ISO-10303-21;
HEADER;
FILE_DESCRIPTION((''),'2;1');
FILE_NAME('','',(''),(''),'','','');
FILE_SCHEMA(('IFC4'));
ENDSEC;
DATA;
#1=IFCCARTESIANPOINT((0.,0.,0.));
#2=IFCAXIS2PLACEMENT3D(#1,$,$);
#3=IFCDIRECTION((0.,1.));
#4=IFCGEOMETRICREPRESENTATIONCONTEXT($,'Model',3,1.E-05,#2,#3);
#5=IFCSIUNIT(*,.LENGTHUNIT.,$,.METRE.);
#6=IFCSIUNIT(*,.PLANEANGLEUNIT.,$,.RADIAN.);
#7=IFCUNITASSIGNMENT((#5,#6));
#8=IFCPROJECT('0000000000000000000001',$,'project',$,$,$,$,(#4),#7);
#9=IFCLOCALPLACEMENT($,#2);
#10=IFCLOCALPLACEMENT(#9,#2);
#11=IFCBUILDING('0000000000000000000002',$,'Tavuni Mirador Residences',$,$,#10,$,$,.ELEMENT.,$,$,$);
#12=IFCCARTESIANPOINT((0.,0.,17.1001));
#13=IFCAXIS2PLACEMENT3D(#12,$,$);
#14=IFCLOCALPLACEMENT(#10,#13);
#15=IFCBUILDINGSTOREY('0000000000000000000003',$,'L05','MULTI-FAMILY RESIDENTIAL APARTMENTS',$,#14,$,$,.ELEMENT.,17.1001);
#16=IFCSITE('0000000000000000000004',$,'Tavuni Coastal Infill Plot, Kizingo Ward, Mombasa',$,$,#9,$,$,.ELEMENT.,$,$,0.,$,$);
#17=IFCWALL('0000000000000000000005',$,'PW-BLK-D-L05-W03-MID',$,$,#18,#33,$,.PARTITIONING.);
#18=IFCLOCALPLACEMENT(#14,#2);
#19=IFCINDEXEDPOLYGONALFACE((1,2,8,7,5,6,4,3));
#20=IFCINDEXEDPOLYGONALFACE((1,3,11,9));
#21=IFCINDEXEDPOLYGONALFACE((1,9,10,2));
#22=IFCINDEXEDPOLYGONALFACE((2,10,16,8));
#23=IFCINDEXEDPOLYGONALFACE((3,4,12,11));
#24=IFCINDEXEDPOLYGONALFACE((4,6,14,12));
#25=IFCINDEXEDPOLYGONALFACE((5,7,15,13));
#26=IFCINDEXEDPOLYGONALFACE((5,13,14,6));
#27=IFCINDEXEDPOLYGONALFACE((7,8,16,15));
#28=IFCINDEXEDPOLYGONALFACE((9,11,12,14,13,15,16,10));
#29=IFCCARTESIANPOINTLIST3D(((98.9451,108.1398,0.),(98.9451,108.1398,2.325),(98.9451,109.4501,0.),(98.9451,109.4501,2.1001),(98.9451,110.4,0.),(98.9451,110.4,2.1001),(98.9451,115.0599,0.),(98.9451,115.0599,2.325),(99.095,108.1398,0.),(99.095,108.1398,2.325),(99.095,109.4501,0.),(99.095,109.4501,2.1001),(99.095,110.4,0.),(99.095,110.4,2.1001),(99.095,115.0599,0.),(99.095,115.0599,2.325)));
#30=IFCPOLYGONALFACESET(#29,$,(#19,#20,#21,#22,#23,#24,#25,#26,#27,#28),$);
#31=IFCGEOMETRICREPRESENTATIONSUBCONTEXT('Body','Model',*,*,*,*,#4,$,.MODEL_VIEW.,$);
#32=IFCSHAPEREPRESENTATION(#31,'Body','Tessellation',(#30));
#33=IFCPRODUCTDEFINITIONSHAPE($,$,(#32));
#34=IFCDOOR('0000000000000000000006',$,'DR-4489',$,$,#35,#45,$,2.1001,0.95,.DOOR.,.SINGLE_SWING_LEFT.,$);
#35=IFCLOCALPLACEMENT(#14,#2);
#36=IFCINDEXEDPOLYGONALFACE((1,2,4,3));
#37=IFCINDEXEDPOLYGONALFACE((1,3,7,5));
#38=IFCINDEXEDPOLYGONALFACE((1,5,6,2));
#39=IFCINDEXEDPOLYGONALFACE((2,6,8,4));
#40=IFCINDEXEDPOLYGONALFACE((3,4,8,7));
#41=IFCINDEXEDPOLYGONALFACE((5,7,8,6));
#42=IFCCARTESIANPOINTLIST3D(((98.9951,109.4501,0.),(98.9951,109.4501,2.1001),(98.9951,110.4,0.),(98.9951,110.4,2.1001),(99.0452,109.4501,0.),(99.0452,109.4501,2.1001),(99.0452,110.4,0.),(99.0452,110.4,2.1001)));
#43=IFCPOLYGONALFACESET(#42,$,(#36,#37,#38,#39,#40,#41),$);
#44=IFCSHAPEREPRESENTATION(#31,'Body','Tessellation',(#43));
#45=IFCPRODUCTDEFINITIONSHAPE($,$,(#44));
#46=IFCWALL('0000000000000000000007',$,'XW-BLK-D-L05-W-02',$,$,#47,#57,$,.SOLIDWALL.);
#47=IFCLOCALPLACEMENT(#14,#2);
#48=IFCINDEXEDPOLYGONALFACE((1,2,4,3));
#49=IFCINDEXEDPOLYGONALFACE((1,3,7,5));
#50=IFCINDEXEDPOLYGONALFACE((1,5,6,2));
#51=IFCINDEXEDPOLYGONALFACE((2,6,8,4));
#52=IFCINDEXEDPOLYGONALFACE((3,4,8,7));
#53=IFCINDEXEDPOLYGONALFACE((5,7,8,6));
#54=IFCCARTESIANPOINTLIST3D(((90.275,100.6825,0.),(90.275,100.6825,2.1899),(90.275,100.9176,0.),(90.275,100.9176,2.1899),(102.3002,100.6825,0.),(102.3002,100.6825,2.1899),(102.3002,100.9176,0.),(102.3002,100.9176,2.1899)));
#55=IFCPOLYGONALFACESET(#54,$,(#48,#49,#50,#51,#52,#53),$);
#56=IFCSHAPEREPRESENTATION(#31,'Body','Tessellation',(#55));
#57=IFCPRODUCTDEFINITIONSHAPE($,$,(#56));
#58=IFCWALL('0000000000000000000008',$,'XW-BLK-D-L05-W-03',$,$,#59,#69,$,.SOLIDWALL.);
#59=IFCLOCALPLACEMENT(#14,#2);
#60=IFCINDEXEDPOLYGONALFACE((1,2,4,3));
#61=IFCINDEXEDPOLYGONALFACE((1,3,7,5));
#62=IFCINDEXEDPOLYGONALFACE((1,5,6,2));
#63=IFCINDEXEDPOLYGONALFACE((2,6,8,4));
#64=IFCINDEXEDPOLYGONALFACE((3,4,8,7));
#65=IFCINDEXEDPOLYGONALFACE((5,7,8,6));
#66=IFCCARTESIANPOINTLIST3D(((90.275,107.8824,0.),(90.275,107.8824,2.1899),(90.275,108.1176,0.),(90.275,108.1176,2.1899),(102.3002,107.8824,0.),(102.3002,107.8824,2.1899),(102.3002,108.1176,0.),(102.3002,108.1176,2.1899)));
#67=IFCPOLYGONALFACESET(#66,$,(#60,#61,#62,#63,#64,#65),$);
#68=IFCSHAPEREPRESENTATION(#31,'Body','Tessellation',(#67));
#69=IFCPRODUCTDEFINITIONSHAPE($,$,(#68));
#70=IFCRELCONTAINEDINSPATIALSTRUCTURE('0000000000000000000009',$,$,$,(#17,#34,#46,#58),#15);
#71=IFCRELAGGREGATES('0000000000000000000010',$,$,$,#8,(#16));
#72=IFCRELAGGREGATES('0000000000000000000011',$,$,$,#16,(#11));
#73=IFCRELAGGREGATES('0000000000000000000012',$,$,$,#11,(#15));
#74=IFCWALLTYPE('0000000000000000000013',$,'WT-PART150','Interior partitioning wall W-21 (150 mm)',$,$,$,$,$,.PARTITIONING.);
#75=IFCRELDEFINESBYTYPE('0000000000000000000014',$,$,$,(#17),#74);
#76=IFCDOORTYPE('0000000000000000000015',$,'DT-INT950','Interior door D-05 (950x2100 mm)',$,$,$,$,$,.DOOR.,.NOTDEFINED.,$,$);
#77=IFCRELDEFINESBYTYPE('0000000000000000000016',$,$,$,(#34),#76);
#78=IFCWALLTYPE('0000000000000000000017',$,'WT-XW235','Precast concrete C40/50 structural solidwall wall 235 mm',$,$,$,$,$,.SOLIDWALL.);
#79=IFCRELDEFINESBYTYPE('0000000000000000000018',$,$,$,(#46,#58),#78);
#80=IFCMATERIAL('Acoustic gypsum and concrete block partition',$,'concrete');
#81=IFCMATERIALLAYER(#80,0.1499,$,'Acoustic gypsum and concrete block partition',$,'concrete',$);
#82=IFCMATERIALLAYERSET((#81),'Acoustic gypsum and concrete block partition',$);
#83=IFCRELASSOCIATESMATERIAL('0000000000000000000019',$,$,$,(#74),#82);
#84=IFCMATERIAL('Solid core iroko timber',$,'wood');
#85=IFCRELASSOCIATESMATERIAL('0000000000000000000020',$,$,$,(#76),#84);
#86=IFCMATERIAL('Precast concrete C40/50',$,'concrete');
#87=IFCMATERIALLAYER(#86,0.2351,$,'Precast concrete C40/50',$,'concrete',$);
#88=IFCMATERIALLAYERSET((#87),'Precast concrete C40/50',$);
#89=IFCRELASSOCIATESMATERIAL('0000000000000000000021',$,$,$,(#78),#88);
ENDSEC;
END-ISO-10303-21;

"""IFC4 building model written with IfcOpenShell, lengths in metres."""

from ifc_helpers import new_model, si_unit, direction, frame, frame_2d, origin, place, context, subcontext, project, spatial, rectangle, extrude, material, layer, layer_set, type_object, element, fill, save


model = new_model("IFC4")

# Units and contexts
model_context = context("Model", 3, precision=1e-05, world=origin(), true_north=direction((0.0, 1.0)))
body_context = subcontext(model_context, "Body", "Model", "MODEL_VIEW")
ifc_project = project(units=[si_unit("LENGTHUNIT", "METRE"), si_unit("PLANEANGLEUNIT", "RADIAN")], contexts=[model_context])

# Site, building, storey
site_placement = place(None, origin())
site = spatial("IfcSite", under=ifc_project, at=site_placement, Name="Tavuni Coastal Infill Plot, Kizingo Ward, Mombasa", CompositionType="ELEMENT", RefElevation=0.0)
building_placement = place(site_placement, origin())
building = spatial("IfcBuilding", under=site, at=building_placement, Name="Tavuni Mirador Residences", CompositionType="ELEMENT")
storey_placement = place(building_placement, frame((0.0, 0.0, 17.1001)))
storey = spatial("IfcBuildingStorey", under=building, at=storey_placement, Name="L05", Description="MULTI-FAMILY RESIDENTIAL APARTMENTS", CompositionType="ELEMENT", Elevation=17.1001)

# Shared definitions
ifc_material_1 = material(Name="Precast concrete C40/50", Category="concrete")

# Wall, opening, door
ifc_material_2 = material(Name="Solid core iroko timber", Category="wood")
ifc_material_3 = material(Name="Acoustic gypsum and concrete block partition", Category="concrete")
ifc_layer_1 = layer(ifc_material_3, 0.1499, Name="Acoustic gypsum and concrete block partition", Category="concrete")
ifc_layer_set_1 = layer_set([ifc_layer_1], Name="Acoustic gypsum and concrete block partition")
wall_type_1 = type_object("IfcWallType", Name="WT-PART150", Description="Interior partitioning wall W-21 (150 mm)", PredefinedType="PARTITIONING", material=ifc_layer_set_1)
wall_1_placement = place(storey_placement, frame((99.02, 108.1399, 0.0), z_axis=(0.0, 0.0, 1.0), x_axis=(0.0, 1.0, 0.0)))
wall_1 = element("IfcWall", 1, at=wall_1_placement, inside=storey, type_object=wall_type_1, Name="PW-BLK-D-L05-W03-MID", PredefinedType="PARTITIONING", context=body_context, shape_type="SweptSolid", body=[
    extrude(rectangle(XDim=6.9202, YDim=0.1499, at=frame_2d((3.46, 0.0))), origin(), (0.0, 0.0, 1.0), 2.325),
])
opening_1_placement = place(wall_1_placement, frame((1.3101, 0.0, 0.0)))
opening_1 = element("IfcOpeningElement", 2, at=opening_1_placement, cuts=wall_1, PredefinedType="OPENING", context=body_context, shape_type="SweptSolid", body=[
    extrude(rectangle(XDim=0.95, YDim=2.1001, at=frame_2d((0.4751, 1.05))), frame((0.0, 0.085, 0.0), z_axis=(0.0, -1.0, 0.0), x_axis=(1.0, 0.0, 0.0)), (0.0, 0.0, 1.0), 0.1699),
])
door_type_1 = type_object("IfcDoorType", Name="DT-INT950", Description="Interior door D-05 (950x2100 mm)", OperationType="NOTDEFINED", PredefinedType="DOOR", material=ifc_material_2)
door_1_placement = place(opening_1_placement, origin())
door_1 = element("IfcDoor", 3, at=door_1_placement, inside=storey, type_object=door_type_1, Name="DR-4489", OperationType="SINGLE_SWING_LEFT", OverallHeight=2.1001, OverallWidth=0.95, PredefinedType="DOOR", context=body_context, shape_type="SweptSolid", body=[
    extrude(rectangle(XDim=0.95, YDim=2.1001, at=frame_2d((0.4751, 1.05))), frame((0.0, 0.0249, 0.0), z_axis=(0.0, -1.0, 0.0), x_axis=(1.0, 0.0, 0.0)), (0.0, 0.0, 1.0), 0.05),
])
fill(opening_1, door_1)

# Walls
ifc_layer_2 = layer(ifc_material_1, 0.2351, Name="Precast concrete C40/50", Category="concrete")
ifc_layer_set_2 = layer_set([ifc_layer_2], Name="Precast concrete C40/50")
wall_type_2 = type_object("IfcWallType", Name="WT-XW235", Description="Precast concrete C40/50 structural solidwall wall 235 mm", PredefinedType="SOLIDWALL", material=ifc_layer_set_2)
for number, where, z_axis, x_axis, name in (
    (4, (90.2749, 100.8, 0.0), (0.0, 0.0, 1.0), (1.0, 0.0, 0.0), "XW-BLK-D-L05-W-02"),
    (5, (90.2749, 108.0, 0.0), (0.0, 0.0, 1.0), (1.0, 0.0, 0.0), "XW-BLK-D-L05-W-03"),
):
    element("IfcWall", number, at=place(storey_placement, frame(where, z_axis=z_axis, x_axis=x_axis)), inside=storey, type_object=wall_type_2, Name=name, PredefinedType="SOLIDWALL", context=body_context, shape_type="SweptSolid", body=[
        extrude(rectangle(XDim=12.0251, YDim=0.2351, at=frame_2d((6.0127, 0.0))), origin(), (0.0, 0.0, 1.0), 2.1899),
    ])

save(model, "model.ifc")
